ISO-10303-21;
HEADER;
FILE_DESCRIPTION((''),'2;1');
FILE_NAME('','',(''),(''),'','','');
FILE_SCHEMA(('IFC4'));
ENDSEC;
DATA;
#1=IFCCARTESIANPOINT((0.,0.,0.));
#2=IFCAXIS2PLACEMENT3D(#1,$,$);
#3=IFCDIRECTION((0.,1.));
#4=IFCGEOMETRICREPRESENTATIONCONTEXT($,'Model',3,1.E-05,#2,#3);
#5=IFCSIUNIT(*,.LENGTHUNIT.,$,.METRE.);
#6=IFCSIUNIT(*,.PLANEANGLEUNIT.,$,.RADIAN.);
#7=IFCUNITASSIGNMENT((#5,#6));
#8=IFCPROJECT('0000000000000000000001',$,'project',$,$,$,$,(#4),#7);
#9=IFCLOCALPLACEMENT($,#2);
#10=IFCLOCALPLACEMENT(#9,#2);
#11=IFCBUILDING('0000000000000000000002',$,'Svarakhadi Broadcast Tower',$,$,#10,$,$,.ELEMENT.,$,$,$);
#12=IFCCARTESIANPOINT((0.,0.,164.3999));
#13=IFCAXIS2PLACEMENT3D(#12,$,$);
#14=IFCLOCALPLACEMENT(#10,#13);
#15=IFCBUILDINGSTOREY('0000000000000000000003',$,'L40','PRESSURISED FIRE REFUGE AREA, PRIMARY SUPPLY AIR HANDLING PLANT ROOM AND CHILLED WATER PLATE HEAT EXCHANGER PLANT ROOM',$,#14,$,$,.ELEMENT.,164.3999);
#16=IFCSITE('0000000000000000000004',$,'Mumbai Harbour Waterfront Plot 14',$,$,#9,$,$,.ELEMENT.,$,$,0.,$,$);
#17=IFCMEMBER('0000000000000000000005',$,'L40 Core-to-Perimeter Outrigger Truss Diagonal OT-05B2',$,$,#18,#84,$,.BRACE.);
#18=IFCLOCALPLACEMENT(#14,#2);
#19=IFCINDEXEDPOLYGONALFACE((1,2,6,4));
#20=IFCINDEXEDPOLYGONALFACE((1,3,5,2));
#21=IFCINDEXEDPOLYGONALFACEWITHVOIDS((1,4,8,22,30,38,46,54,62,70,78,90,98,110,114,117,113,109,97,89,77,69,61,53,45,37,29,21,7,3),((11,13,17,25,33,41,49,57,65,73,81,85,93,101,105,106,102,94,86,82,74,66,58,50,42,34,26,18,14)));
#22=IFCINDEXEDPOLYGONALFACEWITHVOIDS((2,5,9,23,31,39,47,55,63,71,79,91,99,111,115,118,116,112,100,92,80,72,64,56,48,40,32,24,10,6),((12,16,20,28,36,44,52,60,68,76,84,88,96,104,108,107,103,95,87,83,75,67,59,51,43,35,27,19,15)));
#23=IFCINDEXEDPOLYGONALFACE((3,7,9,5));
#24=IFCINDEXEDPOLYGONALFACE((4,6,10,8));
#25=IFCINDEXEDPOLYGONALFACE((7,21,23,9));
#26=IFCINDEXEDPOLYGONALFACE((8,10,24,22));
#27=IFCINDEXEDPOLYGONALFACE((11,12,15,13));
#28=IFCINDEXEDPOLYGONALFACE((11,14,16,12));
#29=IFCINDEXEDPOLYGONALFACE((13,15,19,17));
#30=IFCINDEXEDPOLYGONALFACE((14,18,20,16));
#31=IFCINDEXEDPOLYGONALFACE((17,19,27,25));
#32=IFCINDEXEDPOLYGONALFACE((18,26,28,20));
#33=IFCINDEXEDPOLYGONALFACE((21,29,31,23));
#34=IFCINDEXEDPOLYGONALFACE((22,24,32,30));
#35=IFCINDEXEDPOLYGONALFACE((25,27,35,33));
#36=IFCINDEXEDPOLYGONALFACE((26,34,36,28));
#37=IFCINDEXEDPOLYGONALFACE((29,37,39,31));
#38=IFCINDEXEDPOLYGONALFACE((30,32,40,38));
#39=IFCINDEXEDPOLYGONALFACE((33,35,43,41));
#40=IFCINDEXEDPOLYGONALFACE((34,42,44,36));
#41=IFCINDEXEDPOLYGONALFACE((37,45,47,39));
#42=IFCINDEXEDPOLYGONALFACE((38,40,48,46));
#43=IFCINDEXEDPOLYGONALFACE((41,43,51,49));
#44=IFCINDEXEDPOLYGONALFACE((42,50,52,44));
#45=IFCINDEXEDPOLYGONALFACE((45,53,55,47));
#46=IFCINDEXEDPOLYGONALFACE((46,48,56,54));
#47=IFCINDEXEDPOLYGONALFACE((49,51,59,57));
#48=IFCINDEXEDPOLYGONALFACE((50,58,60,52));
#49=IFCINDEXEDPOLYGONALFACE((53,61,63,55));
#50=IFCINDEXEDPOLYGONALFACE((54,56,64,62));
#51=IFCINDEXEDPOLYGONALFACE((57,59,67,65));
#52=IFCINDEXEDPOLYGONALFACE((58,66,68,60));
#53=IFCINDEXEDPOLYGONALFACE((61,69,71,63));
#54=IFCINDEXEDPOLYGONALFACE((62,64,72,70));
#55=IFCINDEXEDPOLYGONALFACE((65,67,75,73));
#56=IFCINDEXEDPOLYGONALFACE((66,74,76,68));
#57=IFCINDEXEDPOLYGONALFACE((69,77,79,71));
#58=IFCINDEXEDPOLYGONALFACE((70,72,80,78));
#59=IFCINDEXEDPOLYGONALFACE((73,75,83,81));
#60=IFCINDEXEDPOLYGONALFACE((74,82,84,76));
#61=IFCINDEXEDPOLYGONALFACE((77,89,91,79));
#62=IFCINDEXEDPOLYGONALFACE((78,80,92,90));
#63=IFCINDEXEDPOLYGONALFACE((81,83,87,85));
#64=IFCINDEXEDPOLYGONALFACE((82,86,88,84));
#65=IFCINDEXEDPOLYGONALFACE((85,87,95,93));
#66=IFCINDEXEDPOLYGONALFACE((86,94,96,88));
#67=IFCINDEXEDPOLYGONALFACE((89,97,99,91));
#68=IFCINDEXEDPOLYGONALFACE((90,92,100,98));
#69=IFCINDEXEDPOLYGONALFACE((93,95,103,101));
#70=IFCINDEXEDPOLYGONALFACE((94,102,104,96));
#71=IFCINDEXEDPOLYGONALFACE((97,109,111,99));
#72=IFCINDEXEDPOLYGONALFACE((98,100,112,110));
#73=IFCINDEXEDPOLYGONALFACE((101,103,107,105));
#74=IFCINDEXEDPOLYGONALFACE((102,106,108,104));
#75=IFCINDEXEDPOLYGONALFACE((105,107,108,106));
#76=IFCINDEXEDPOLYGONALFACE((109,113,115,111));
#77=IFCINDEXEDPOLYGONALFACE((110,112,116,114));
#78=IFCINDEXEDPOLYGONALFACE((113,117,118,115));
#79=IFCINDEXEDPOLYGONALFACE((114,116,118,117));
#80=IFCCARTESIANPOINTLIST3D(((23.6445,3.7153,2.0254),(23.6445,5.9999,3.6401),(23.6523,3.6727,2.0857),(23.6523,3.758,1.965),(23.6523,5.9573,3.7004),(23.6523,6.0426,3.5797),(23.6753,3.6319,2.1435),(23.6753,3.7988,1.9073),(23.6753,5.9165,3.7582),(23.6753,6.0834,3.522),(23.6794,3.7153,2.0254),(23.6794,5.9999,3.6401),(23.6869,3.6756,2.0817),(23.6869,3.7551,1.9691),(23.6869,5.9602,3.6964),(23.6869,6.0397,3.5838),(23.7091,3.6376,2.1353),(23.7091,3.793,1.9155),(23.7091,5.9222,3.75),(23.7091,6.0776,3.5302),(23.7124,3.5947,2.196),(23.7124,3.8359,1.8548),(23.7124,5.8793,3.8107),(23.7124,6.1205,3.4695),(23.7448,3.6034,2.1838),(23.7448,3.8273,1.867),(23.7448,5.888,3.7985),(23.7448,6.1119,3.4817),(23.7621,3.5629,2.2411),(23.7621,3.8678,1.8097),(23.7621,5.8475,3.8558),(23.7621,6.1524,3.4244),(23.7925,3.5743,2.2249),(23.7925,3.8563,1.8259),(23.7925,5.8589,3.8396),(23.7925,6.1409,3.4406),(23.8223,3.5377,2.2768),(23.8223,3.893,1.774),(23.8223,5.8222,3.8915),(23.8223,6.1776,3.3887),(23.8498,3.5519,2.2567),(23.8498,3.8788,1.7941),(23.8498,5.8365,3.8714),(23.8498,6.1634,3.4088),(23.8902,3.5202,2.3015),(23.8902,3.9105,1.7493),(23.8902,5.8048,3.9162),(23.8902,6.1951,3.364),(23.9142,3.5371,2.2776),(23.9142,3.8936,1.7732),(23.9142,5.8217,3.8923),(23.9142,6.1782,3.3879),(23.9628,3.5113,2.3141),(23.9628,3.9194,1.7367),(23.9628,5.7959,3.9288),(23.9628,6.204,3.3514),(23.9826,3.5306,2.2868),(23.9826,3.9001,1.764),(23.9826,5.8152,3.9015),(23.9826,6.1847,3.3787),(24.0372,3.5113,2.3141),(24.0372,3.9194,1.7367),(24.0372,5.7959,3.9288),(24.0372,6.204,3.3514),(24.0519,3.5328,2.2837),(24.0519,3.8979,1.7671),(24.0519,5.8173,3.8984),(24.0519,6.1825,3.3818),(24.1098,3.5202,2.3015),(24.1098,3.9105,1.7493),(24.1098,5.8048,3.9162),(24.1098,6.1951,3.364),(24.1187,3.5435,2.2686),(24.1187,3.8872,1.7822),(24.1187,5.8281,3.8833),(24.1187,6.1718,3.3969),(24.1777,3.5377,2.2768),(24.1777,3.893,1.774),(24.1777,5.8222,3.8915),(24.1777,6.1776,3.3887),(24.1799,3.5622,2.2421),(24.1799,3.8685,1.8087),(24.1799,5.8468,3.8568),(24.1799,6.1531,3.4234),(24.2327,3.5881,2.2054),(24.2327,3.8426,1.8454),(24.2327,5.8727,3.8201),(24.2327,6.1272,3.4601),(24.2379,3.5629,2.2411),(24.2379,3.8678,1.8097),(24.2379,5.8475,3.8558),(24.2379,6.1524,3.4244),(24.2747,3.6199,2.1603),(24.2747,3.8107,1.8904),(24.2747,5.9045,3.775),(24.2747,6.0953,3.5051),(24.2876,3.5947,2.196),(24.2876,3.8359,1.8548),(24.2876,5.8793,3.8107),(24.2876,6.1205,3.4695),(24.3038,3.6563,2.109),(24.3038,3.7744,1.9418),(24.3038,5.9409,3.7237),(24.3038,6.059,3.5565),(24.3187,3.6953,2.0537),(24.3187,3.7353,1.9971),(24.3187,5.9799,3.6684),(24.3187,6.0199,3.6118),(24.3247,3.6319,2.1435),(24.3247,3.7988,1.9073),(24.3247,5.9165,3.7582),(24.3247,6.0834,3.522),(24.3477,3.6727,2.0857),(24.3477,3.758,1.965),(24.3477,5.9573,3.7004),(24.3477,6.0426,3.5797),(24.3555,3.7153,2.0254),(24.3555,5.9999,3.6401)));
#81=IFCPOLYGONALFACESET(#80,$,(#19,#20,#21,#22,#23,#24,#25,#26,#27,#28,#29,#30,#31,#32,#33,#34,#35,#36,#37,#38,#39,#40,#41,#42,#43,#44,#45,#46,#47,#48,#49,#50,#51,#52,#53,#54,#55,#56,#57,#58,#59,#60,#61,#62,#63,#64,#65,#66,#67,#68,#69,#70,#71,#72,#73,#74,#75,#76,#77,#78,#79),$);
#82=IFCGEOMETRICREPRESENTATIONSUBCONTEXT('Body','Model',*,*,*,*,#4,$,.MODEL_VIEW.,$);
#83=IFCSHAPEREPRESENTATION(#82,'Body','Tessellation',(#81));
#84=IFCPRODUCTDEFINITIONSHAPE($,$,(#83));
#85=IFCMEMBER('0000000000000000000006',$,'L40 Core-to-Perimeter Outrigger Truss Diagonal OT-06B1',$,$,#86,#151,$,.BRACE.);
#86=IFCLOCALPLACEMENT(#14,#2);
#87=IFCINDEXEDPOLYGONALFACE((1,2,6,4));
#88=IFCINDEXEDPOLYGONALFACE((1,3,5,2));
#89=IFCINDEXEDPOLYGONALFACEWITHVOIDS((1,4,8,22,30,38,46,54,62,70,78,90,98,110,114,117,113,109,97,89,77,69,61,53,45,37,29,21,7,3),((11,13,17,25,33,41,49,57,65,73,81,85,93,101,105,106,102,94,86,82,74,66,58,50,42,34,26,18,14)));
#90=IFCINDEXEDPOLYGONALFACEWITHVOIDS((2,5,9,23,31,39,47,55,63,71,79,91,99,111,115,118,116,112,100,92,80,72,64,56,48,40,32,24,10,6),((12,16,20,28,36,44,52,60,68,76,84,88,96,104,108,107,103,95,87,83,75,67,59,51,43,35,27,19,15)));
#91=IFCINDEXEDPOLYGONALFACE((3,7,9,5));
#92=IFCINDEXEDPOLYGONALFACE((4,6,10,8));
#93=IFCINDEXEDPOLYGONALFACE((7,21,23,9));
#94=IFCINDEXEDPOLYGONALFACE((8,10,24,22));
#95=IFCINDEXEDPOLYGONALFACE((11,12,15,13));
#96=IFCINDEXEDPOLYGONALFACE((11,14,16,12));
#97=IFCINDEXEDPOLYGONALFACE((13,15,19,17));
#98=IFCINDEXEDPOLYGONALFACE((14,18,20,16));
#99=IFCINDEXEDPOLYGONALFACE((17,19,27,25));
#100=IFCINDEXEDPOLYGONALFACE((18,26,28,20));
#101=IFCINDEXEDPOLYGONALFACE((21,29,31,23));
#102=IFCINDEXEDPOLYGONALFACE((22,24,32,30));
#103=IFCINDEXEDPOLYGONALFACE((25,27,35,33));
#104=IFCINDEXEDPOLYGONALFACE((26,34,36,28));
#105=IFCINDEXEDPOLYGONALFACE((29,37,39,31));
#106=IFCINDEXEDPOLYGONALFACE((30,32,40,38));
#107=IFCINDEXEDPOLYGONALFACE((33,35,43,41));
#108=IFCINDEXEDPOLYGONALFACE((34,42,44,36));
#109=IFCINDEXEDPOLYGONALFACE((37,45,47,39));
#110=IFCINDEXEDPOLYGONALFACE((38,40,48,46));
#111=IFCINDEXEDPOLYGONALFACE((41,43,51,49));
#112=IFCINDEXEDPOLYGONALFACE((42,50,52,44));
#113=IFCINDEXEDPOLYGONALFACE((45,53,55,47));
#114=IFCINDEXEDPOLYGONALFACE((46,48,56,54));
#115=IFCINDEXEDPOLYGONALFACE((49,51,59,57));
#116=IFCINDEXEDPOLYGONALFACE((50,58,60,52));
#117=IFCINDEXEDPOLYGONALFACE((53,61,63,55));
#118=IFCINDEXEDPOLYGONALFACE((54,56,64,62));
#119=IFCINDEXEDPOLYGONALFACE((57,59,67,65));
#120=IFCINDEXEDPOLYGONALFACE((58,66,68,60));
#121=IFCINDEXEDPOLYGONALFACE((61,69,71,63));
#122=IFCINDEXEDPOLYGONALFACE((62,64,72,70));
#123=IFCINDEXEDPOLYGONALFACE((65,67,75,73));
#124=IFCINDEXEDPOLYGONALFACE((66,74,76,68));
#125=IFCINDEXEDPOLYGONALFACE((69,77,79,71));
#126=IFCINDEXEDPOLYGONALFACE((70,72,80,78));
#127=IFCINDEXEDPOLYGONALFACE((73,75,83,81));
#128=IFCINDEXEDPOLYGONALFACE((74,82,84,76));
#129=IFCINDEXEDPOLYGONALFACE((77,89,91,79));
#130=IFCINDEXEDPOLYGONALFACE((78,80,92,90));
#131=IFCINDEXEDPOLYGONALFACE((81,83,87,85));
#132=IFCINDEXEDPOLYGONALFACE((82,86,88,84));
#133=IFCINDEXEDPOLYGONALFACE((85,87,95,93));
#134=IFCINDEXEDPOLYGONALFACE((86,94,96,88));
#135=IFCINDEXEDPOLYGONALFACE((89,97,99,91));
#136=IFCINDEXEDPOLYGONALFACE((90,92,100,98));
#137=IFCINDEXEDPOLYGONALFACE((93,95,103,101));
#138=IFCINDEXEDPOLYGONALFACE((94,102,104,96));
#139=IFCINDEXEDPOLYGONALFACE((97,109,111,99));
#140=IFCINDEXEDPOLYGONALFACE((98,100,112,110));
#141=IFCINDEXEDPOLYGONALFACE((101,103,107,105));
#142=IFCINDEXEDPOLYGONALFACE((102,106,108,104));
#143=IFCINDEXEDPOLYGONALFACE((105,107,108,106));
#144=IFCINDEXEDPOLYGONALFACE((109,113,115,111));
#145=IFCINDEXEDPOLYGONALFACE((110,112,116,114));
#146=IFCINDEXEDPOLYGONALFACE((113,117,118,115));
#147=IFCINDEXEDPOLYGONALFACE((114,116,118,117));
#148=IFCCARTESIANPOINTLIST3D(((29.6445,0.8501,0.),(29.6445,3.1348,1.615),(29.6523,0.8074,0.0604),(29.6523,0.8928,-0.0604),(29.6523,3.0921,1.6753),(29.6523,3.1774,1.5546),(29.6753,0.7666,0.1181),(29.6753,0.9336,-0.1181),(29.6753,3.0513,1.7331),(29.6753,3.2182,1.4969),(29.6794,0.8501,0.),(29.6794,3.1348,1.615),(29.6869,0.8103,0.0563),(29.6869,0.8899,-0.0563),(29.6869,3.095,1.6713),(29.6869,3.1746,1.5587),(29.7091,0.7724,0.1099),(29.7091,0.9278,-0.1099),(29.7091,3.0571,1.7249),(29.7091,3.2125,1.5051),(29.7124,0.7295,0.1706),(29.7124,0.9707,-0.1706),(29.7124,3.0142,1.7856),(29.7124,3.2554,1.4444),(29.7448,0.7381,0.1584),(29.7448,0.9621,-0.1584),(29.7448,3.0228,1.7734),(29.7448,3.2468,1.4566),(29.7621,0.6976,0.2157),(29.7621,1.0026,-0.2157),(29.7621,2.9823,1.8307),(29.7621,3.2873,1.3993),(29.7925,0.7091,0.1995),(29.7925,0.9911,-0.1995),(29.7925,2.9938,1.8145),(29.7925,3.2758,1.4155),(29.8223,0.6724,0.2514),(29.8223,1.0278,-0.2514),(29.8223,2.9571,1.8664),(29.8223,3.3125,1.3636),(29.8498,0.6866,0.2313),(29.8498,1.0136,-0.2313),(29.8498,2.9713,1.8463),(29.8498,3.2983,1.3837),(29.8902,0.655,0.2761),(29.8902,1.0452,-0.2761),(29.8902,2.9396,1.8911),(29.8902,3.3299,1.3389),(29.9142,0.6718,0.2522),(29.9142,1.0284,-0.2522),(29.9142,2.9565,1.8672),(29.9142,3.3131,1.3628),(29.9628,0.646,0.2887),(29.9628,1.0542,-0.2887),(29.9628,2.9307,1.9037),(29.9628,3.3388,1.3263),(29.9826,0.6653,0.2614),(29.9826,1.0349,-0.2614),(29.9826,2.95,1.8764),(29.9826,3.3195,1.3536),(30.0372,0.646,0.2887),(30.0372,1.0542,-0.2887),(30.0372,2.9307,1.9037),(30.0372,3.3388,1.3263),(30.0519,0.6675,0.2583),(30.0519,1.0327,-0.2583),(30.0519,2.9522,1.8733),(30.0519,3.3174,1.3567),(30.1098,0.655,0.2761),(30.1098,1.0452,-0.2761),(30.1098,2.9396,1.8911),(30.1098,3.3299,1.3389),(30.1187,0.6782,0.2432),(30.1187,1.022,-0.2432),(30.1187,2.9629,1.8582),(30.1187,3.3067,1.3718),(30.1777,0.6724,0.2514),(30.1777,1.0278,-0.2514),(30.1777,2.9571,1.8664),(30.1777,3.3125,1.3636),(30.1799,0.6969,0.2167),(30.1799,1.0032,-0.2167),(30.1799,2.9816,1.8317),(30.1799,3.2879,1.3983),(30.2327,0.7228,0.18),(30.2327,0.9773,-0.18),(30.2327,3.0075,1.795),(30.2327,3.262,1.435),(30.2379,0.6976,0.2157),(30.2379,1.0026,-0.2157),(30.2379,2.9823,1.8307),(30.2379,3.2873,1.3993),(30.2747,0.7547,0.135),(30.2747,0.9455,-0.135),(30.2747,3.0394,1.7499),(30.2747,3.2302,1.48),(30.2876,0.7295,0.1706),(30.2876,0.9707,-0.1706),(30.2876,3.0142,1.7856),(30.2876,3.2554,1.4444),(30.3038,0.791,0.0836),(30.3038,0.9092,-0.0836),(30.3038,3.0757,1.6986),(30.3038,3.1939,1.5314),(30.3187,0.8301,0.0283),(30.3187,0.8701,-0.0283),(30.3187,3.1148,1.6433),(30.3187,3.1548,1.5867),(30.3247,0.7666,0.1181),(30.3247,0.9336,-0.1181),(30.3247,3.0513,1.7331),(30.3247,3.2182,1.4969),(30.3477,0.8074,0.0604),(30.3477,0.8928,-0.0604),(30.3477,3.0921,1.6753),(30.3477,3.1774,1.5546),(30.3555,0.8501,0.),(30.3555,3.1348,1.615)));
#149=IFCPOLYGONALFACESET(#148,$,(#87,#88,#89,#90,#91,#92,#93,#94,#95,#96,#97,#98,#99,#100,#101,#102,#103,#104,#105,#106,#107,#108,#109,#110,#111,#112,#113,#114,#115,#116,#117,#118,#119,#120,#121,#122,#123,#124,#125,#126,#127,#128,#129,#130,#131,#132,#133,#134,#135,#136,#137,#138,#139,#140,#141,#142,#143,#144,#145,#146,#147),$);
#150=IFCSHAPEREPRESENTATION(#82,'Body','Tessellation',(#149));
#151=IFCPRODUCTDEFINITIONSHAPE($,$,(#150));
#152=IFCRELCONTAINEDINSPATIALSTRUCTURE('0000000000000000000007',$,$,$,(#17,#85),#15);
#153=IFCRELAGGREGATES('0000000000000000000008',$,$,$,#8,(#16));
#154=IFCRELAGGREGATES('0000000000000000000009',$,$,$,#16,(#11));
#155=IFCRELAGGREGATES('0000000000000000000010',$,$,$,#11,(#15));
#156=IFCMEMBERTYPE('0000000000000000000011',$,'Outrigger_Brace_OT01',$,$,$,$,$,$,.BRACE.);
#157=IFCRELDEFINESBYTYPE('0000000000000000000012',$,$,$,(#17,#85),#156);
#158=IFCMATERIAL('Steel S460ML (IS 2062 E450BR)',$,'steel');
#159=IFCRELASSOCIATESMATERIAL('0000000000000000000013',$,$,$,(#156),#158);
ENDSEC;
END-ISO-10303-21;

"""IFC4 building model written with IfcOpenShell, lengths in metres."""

from ifc_helpers import new_model, si_unit, direction, frame, origin, origin_2d, place, context, subcontext, project, spatial, hollow_circle, extrude, material, material_profile, profile_set, type_object, element, save


model = new_model("IFC4")

# Units and contexts
model_context = context("Model", 3, precision=1e-05, world=origin(), true_north=direction((0.0, 1.0)))
body_context = subcontext(model_context, "Body", "Model", "MODEL_VIEW")
ifc_project = project(units=[si_unit("LENGTHUNIT", "METRE"), si_unit("PLANEANGLEUNIT", "RADIAN")], contexts=[model_context])

# Site, building, storey
site_placement = place(None, origin())
site = spatial("IfcSite", under=ifc_project, at=site_placement, Name="Mumbai Harbour Waterfront Plot 14", CompositionType="ELEMENT", RefElevation=0.0)
building_placement = place(site_placement, origin())
building = spatial("IfcBuilding", under=site, at=building_placement, Name="Svarakhadi Broadcast Tower", CompositionType="ELEMENT")
storey_placement = place(building_placement, frame((0.0, 0.0, 164.3999)))
storey = spatial("IfcBuildingStorey", under=building, at=storey_placement, Name="L40", Description="PRESSURISED FIRE REFUGE AREA, PRIMARY SUPPLY AIR HANDLING PLANT ROOM AND CHILLED WATER PLATE HEAT EXCHANGER PLANT ROOM", CompositionType="ELEMENT", Elevation=164.3999)

# Shared definitions
ifc_material_1 = material(Name="Steel S460ML (IS 2062 E450BR)", Category="steel")

# Members
ifc_material_profile_1 = material_profile(ifc_material_1, hollow_circle(Radius=0.3555, WallThickness=0.0349, at=origin_2d()), Name="CHS 711x35")
ifc_profile_set_1 = profile_set([ifc_material_profile_1], Name="Steel S460ML (IS 2062 E450BR)")
member_type_1 = type_object("IfcMemberType", Name="Outrigger_Brace_OT01", PredefinedType="BRACE", material=ifc_profile_set_1)
member_1_placement = place(storey_placement, frame((24.0, 3.7153, 2.0254), z_axis=(0.0, 0.816624, 0.57717), x_axis=(-1.0, 0.0, 0.0)))
element("IfcMember", 1, at=member_1_placement, inside=storey, type_object=member_type_1, Name="L40 Core-to-Perimeter Outrigger Truss Diagonal OT-05B2", PredefinedType="BRACE", context=body_context, shape_type="SweptSolid", body=[
    extrude(hollow_circle(Radius=0.3555, WallThickness=0.0349, at=origin_2d()), origin(), (0.0, 0.0, 1.0), 2.7976),
])
member_2_placement = place(storey_placement, frame((30.0, 0.8501, 0.0), z_axis=(0.0, 0.816583, 0.577228), x_axis=(-1.0, 0.0, 0.0)))
element("IfcMember", 2, at=member_2_placement, inside=storey, type_object=member_type_1, Name="L40 Core-to-Perimeter Outrigger Truss Diagonal OT-06B1", PredefinedType="BRACE", context=body_context, shape_type="SweptSolid", body=[
    extrude(hollow_circle(Radius=0.3555, WallThickness=0.0349, at=origin_2d()), origin(), (0.0, 0.0, 1.0), 2.7979),
])

save(model, "model.ifc")
